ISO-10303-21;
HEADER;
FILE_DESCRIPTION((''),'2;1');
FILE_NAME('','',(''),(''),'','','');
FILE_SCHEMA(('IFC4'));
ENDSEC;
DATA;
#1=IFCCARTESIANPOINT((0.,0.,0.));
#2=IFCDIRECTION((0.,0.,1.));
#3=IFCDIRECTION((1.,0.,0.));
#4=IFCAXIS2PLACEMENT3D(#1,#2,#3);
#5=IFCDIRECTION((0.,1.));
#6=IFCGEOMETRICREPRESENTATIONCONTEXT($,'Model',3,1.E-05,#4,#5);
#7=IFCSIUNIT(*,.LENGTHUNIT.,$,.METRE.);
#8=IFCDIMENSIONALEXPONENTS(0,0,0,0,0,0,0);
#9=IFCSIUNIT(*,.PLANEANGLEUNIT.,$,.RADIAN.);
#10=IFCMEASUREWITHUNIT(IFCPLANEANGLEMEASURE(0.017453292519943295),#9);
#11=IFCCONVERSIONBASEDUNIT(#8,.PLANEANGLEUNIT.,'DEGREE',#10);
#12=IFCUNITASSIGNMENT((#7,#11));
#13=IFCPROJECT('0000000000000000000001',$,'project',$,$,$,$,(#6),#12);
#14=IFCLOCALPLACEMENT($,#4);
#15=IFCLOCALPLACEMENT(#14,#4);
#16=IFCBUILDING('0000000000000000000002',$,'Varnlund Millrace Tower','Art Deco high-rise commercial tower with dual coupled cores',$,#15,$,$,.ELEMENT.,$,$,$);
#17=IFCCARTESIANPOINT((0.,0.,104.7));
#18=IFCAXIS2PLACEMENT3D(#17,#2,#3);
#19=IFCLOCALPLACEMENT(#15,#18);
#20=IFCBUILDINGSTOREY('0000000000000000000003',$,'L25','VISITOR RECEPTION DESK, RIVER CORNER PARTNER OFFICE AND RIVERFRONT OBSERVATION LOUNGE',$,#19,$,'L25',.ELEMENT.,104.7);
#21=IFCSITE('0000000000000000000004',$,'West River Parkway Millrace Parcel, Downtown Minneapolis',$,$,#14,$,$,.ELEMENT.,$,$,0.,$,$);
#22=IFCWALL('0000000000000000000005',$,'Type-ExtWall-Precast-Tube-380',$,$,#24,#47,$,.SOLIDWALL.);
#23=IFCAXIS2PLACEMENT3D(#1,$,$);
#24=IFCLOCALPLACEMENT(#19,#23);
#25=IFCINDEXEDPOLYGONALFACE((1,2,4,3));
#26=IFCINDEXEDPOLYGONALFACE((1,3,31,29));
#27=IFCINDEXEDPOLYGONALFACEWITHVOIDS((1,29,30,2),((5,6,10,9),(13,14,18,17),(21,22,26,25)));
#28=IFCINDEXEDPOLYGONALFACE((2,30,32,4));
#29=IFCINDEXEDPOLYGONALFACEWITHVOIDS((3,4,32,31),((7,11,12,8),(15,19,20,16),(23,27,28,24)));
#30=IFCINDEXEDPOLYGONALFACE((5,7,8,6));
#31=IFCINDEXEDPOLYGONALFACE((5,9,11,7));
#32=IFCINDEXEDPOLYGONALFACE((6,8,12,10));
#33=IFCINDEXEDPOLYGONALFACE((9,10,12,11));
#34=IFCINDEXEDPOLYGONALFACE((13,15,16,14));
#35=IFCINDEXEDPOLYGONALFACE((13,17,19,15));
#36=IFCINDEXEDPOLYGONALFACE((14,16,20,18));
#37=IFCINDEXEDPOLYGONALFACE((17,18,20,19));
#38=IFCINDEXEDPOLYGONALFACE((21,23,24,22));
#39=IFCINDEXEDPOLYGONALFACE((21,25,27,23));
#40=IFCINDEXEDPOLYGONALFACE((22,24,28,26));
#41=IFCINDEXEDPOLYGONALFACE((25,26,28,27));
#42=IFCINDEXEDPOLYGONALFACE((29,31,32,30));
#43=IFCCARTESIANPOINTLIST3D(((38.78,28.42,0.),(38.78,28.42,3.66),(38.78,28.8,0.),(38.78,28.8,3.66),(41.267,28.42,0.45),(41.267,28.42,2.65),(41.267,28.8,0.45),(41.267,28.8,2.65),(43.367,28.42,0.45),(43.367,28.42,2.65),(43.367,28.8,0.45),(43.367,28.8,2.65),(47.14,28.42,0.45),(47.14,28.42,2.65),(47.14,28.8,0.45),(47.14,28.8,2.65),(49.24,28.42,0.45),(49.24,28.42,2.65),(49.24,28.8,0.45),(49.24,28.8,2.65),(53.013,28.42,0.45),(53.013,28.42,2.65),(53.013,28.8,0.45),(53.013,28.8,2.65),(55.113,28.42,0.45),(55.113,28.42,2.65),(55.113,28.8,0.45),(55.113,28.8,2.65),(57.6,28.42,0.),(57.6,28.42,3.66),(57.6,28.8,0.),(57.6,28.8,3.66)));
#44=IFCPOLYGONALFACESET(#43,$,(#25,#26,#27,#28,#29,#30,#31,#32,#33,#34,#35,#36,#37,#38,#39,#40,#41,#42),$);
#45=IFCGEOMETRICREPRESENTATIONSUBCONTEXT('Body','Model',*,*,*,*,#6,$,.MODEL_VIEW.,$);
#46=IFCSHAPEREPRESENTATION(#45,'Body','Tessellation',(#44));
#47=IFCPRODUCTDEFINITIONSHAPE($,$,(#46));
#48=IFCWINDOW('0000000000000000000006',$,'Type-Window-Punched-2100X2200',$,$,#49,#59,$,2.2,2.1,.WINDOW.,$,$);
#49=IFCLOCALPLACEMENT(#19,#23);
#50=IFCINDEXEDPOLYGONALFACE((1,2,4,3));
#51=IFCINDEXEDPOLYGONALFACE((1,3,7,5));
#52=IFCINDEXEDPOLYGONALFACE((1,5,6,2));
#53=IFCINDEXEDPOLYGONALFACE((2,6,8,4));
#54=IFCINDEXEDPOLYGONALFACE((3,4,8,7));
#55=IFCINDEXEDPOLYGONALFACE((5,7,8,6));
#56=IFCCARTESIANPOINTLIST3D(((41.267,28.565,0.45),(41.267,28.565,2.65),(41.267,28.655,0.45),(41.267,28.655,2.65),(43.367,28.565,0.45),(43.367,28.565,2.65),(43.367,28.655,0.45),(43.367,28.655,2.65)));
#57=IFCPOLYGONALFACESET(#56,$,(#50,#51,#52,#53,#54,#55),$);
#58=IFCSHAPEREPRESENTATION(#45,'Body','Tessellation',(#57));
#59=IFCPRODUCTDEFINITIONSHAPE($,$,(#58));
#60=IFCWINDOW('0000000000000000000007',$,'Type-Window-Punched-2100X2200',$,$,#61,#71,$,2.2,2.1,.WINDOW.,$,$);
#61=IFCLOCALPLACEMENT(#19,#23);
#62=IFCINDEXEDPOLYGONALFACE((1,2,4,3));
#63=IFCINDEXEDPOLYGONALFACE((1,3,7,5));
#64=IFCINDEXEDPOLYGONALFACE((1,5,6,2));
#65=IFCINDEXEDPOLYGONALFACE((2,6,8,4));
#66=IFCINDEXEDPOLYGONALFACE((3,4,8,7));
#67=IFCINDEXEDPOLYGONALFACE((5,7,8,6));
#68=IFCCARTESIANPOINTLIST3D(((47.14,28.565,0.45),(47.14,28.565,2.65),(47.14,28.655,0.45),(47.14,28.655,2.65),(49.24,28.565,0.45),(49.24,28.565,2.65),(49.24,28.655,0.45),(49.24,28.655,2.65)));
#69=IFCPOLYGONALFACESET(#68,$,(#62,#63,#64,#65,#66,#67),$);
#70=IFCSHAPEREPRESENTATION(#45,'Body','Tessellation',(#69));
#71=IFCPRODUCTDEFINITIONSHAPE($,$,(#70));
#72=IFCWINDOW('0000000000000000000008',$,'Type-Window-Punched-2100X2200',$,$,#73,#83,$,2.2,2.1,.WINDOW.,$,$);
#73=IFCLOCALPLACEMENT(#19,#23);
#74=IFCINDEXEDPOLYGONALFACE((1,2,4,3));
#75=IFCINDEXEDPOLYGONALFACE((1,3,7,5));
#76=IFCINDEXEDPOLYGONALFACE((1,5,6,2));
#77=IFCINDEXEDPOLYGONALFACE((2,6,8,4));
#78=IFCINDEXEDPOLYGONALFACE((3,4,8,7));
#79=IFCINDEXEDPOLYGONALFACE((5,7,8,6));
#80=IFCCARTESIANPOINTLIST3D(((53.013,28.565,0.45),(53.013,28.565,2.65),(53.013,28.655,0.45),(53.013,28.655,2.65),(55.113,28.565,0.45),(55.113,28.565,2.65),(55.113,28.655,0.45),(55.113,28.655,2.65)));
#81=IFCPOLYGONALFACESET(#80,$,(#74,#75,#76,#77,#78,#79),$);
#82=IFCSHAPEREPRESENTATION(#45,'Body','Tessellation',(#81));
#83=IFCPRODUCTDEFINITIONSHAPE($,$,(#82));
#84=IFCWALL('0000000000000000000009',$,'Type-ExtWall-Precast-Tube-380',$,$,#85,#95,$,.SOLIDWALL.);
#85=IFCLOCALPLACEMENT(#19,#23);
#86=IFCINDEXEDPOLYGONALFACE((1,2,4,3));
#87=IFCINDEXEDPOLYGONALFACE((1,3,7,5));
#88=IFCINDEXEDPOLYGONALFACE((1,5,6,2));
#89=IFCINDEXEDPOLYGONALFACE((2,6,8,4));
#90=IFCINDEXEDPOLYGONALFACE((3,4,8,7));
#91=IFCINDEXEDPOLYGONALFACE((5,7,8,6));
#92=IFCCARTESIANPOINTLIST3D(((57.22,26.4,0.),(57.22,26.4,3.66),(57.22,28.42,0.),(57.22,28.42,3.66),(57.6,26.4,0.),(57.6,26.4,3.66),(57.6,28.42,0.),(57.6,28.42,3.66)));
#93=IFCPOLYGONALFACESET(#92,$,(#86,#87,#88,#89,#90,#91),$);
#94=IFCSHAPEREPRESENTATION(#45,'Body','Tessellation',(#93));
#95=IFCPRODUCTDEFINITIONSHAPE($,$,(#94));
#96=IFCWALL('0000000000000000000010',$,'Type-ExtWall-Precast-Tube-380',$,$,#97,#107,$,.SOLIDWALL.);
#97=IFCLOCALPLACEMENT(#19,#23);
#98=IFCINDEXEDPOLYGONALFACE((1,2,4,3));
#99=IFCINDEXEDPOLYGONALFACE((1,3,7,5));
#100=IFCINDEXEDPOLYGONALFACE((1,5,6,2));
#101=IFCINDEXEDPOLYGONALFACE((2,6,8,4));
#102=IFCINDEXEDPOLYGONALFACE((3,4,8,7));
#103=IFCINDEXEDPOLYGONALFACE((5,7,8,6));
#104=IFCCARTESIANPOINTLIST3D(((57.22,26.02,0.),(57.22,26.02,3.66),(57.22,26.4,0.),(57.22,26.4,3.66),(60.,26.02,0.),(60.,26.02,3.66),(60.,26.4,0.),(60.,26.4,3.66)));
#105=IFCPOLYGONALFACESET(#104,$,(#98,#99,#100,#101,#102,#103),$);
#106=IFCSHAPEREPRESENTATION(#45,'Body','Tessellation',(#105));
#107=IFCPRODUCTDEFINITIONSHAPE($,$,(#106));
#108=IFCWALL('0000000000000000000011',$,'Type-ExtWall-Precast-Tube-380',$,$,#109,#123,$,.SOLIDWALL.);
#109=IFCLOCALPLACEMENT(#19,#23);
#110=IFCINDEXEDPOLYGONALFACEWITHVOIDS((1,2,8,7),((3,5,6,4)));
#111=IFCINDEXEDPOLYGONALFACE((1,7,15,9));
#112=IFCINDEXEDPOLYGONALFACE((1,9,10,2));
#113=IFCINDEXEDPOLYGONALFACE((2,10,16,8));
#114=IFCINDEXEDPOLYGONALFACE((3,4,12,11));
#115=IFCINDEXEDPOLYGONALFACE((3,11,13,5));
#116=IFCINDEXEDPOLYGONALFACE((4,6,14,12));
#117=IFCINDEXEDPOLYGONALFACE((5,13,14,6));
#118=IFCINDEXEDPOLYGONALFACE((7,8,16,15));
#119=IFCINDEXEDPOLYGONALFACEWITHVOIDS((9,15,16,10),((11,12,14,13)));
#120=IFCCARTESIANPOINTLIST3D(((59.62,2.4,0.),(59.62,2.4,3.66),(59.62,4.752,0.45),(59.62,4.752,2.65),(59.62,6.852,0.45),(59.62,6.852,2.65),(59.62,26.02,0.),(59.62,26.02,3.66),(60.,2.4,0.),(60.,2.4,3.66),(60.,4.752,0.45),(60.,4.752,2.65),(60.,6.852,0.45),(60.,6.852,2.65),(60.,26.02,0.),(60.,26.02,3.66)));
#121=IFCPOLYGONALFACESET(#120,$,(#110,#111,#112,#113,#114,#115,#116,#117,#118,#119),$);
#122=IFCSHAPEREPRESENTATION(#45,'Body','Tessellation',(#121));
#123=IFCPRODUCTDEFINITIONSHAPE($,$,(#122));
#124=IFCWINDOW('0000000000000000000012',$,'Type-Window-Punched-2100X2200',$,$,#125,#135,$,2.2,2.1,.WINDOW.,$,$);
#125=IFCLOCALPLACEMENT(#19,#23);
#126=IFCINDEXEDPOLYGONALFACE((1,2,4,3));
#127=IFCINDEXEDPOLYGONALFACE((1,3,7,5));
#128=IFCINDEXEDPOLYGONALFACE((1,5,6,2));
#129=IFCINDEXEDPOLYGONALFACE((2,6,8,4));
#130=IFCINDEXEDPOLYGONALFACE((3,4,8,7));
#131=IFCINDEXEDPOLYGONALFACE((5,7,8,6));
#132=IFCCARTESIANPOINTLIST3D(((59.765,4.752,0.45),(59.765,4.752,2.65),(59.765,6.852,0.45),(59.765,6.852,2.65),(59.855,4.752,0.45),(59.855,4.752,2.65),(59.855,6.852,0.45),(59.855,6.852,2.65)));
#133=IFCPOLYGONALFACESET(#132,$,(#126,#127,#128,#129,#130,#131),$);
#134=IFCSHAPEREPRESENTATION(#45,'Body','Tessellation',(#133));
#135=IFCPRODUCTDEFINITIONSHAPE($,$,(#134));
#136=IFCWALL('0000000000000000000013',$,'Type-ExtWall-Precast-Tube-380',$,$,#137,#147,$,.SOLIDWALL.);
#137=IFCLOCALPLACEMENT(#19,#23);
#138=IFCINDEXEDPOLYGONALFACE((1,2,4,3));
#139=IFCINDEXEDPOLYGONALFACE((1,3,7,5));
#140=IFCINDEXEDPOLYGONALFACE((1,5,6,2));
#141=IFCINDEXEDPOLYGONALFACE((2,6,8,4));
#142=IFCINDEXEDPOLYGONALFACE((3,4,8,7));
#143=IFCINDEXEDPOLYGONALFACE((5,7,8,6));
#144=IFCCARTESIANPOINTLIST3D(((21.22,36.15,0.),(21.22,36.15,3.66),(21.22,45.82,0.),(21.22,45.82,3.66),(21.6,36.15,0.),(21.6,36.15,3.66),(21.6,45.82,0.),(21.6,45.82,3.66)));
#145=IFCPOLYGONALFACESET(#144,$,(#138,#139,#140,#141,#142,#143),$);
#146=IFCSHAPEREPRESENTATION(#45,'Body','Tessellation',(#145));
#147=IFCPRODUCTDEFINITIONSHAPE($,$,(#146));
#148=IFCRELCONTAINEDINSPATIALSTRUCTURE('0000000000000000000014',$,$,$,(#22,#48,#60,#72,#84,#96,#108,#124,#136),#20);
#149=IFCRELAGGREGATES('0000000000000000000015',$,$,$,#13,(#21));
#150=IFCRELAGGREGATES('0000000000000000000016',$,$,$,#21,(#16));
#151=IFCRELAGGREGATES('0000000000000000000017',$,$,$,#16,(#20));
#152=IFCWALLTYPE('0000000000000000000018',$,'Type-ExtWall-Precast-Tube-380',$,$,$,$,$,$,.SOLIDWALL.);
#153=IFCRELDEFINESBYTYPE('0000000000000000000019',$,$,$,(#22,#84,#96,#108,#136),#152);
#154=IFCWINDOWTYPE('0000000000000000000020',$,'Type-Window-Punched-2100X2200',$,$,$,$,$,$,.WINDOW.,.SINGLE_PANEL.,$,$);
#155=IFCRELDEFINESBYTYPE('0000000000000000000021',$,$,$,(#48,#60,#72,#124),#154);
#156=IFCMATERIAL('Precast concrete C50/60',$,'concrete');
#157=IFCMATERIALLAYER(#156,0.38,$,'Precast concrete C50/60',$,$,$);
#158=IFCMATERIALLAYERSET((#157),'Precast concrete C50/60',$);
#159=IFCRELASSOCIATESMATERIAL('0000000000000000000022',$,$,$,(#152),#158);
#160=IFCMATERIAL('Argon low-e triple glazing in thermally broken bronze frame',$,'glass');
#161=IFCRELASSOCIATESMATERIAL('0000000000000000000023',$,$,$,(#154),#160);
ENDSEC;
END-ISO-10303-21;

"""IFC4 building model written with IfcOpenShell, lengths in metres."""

from ifc_helpers import new_model, entity, si_unit, converted_unit, direction, frame, origin_with_axes, origin_2d_with_axis, place, context, subcontext, project, spatial, polyline, rectangle, outline, extrude, material, layer, layer_set, type_object, element, fill, save


model = new_model("IFC4")

# Units and contexts
model_context = context("Model", 3, precision=1e-05, world=origin_with_axes(), true_north=direction((0.0, 1.0)))
body_context = subcontext(model_context, "Body", "Model", "MODEL_VIEW")
ifc_project = project(units=[si_unit("LENGTHUNIT", "METRE"), converted_unit("PLANEANGLEUNIT", "DEGREE", entity("IfcPlaneAngleMeasure", 0.017453292519943295), si_unit("PLANEANGLEUNIT", "RADIAN"), dimensions=[0, 0, 0, 0, 0, 0, 0])], contexts=[model_context])

# Site, building, storey
site_placement = place(None, origin_with_axes())
site = spatial("IfcSite", under=ifc_project, at=site_placement, Name="West River Parkway Millrace Parcel, Downtown Minneapolis", CompositionType="ELEMENT", RefElevation=0.0)
building_placement = place(site_placement, origin_with_axes())
building = spatial("IfcBuilding", under=site, at=building_placement, Name="Varnlund Millrace Tower", Description="Art Deco high-rise commercial tower with dual coupled cores", CompositionType="ELEMENT")
storey_placement = place(building_placement, frame((0.0, 0.0, 104.7), z_axis=(0.0, 0.0, 1.0), x_axis=(1.0, 0.0, 0.0)))
storey = spatial("IfcBuildingStorey", under=building, at=storey_placement, Name="L25", Description="VISITOR RECEPTION DESK, RIVER CORNER PARTNER OFFICE AND RIVERFRONT OBSERVATION LOUNGE", LongName="L25", CompositionType="ELEMENT", Elevation=104.7)

# Wall, openings, windows
ifc_material_1 = material(Name="Precast concrete C50/60", Category="concrete")
ifc_layer = layer(ifc_material_1, 0.38, Name="Precast concrete C50/60")
ifc_layer_set = layer_set([ifc_layer], Name="Precast concrete C50/60")
wall_type = type_object("IfcWallType", Name="Type-ExtWall-Precast-Tube-380", PredefinedType="SOLIDWALL", material=ifc_layer_set)
wall_1_placement = place(storey_placement, frame((38.78, 28.61, 0.0), z_axis=(0.0, 0.0, 1.0), x_axis=(1.0, 0.0, 0.0)))
wall_1 = element("IfcWall", 1, at=wall_1_placement, inside=storey, type_object=wall_type, Name="Type-ExtWall-Precast-Tube-380", PredefinedType="SOLIDWALL", context=body_context, shape_type="SweptSolid", body=[
    extrude(outline(polyline([(0.0, -0.19), (18.82, -0.19), (18.82, 0.19), (0.0, 0.19), (0.0, -0.19)])), origin_with_axes(), (0.0, 0.0, 1.0), 3.66),
])
opening_1_placement = place(wall_1_placement, frame((3.537, 0.0, 0.45), z_axis=(0.0, 0.0, 1.0), x_axis=(1.0, 0.0, 0.0)))
opening_1 = element("IfcOpeningElement", 2, at=opening_1_placement, cuts=wall_1, PredefinedType="OPENING", context=body_context, shape_type="SweptSolid", body=[
    extrude(rectangle(XDim=2.1, YDim=0.4, at=origin_2d_with_axis()), origin_with_axes(), (0.0, 0.0, 1.0), 2.2),
])
opening_2_placement = place(wall_1_placement, frame((9.41, 0.0, 0.45), z_axis=(0.0, 0.0, 1.0), x_axis=(1.0, 0.0, 0.0)))
opening_2 = element("IfcOpeningElement", 3, at=opening_2_placement, cuts=wall_1, PredefinedType="OPENING", context=body_context, shape_type="SweptSolid", body=[
    extrude(rectangle(XDim=2.1, YDim=0.4, at=origin_2d_with_axis()), origin_with_axes(), (0.0, 0.0, 1.0), 2.2),
])
opening_3_placement = place(wall_1_placement, frame((15.283, 0.0, 0.45), z_axis=(0.0, 0.0, 1.0), x_axis=(1.0, 0.0, 0.0)))
opening_3 = element("IfcOpeningElement", 4, at=opening_3_placement, cuts=wall_1, PredefinedType="OPENING", context=body_context, shape_type="SweptSolid", body=[
    extrude(rectangle(XDim=2.1, YDim=0.4, at=origin_2d_with_axis()), origin_with_axes(), (0.0, 0.0, 1.0), 2.2),
])
ifc_material_2 = material(Name="Argon low-e triple glazing in thermally broken bronze frame", Category="glass")
window_type = type_object("IfcWindowType", Name="Type-Window-Punched-2100X2200", PartitioningType="SINGLE_PANEL", PredefinedType="WINDOW", material=ifc_material_2)
window_1_placement = place(wall_1_placement, frame((3.537, 0.0, 0.45), z_axis=(0.0, 0.0, 1.0), x_axis=(1.0, 0.0, 0.0)))
window_1 = element("IfcWindow", 5, at=window_1_placement, inside=storey, type_object=window_type, Name="Type-Window-Punched-2100X2200", OverallHeight=2.2, OverallWidth=2.1, PredefinedType="WINDOW", context=body_context, shape_type="SweptSolid", body=[
    extrude(rectangle(XDim=2.1, YDim=0.09, at=origin_2d_with_axis()), origin_with_axes(), (0.0, 0.0, 1.0), 2.2),
])
fill(opening_1, window_1)
window_2_placement = place(wall_1_placement, frame((9.41, 0.0, 0.45), z_axis=(0.0, 0.0, 1.0), x_axis=(1.0, 0.0, 0.0)))
window_2 = element("IfcWindow", 6, at=window_2_placement, inside=storey, type_object=window_type, Name="Type-Window-Punched-2100X2200", OverallHeight=2.2, OverallWidth=2.1, PredefinedType="WINDOW", context=body_context, shape_type="SweptSolid", body=[
    extrude(rectangle(XDim=2.1, YDim=0.09, at=origin_2d_with_axis()), origin_with_axes(), (0.0, 0.0, 1.0), 2.2),
])
fill(opening_2, window_2)
window_3_placement = place(wall_1_placement, frame((15.283, 0.0, 0.45), z_axis=(0.0, 0.0, 1.0), x_axis=(1.0, 0.0, 0.0)))
window_3 = element("IfcWindow", 7, at=window_3_placement, inside=storey, type_object=window_type, Name="Type-Window-Punched-2100X2200", OverallHeight=2.2, OverallWidth=2.1, PredefinedType="WINDOW", context=body_context, shape_type="SweptSolid", body=[
    extrude(rectangle(XDim=2.1, YDim=0.09, at=origin_2d_with_axis()), origin_with_axes(), (0.0, 0.0, 1.0), 2.2),
])
fill(opening_3, window_3)

# Walls
wall_2_placement = place(storey_placement, frame((57.41, 28.42, 0.0), z_axis=(0.0, 0.0, 1.0), x_axis=(0.0, -1.0, 0.0)))
element("IfcWall", 8, at=wall_2_placement, inside=storey, type_object=wall_type, Name="Type-ExtWall-Precast-Tube-380", PredefinedType="SOLIDWALL", context=body_context, shape_type="SweptSolid", body=[
    extrude(outline(polyline([(0.0, -0.19), (2.02, -0.19), (2.02, 0.19), (0.0, 0.19), (0.0, -0.19)])), origin_with_axes(), (0.0, 0.0, 1.0), 3.66),
])
wall_3_placement = place(storey_placement, frame((57.22, 26.21, 0.0), z_axis=(0.0, 0.0, 1.0), x_axis=(1.0, 0.0, 0.0)))
element("IfcWall", 9, at=wall_3_placement, inside=storey, type_object=wall_type, Name="Type-ExtWall-Precast-Tube-380", PredefinedType="SOLIDWALL", context=body_context, shape_type="SweptSolid", body=[
    extrude(outline(polyline([(0.0, -0.19), (2.78, -0.19), (2.78, 0.19), (0.0, 0.19), (0.0, -0.19)])), origin_with_axes(), (0.0, 0.0, 1.0), 3.66),
])

# Wall, opening, window
wall_4_placement = place(storey_placement, frame((59.81, 26.02, 0.0), z_axis=(0.0, 0.0, 1.0), x_axis=(0.0, -1.0, 0.0)))
wall_4 = element("IfcWall", 10, at=wall_4_placement, inside=storey, type_object=wall_type, Name="Type-ExtWall-Precast-Tube-380", PredefinedType="SOLIDWALL", context=body_context, shape_type="SweptSolid", body=[
    extrude(outline(polyline([(0.0, -0.19), (23.62, -0.19), (23.62, 0.19), (0.0, 0.19), (0.0, -0.19)])), origin_with_axes(), (0.0, 0.0, 1.0), 3.66),
])
opening_4_placement = place(wall_4_placement, frame((20.218, 0.0, 0.45), z_axis=(0.0, 0.0, 1.0), x_axis=(1.0, 0.0, 0.0)))
opening_4 = element("IfcOpeningElement", 11, at=opening_4_placement, cuts=wall_4, PredefinedType="OPENING", context=body_context, shape_type="SweptSolid", body=[
    extrude(rectangle(XDim=2.1, YDim=0.4, at=origin_2d_with_axis()), origin_with_axes(), (0.0, 0.0, 1.0), 2.2),
])
window_4_placement = place(wall_4_placement, frame((20.218, 0.0, 0.45), z_axis=(0.0, 0.0, 1.0), x_axis=(1.0, 0.0, 0.0)))
window_4 = element("IfcWindow", 12, at=window_4_placement, inside=storey, type_object=window_type, Name="Type-Window-Punched-2100X2200", OverallHeight=2.2, OverallWidth=2.1, PredefinedType="WINDOW", context=body_context, shape_type="SweptSolid", body=[
    extrude(rectangle(XDim=2.1, YDim=0.09, at=origin_2d_with_axis()), origin_with_axes(), (0.0, 0.0, 1.0), 2.2),
])
fill(opening_4, window_4)

# Wall
wall_5_placement = place(storey_placement, frame((21.41, 45.82, 0.0), z_axis=(0.0, 0.0, 1.0), x_axis=(0.0, -1.0, 0.0)))
element("IfcWall", 13, at=wall_5_placement, inside=storey, type_object=wall_type, Name="Type-ExtWall-Precast-Tube-380", PredefinedType="SOLIDWALL", context=body_context, shape_type="SweptSolid", body=[
    extrude(outline(polyline([(0.0, -0.19), (9.67, -0.19), (9.67, 0.19), (0.0, 0.19), (0.0, -0.19)])), origin_with_axes(), (0.0, 0.0, 1.0), 3.66),
])

save(model, "model.ifc")
